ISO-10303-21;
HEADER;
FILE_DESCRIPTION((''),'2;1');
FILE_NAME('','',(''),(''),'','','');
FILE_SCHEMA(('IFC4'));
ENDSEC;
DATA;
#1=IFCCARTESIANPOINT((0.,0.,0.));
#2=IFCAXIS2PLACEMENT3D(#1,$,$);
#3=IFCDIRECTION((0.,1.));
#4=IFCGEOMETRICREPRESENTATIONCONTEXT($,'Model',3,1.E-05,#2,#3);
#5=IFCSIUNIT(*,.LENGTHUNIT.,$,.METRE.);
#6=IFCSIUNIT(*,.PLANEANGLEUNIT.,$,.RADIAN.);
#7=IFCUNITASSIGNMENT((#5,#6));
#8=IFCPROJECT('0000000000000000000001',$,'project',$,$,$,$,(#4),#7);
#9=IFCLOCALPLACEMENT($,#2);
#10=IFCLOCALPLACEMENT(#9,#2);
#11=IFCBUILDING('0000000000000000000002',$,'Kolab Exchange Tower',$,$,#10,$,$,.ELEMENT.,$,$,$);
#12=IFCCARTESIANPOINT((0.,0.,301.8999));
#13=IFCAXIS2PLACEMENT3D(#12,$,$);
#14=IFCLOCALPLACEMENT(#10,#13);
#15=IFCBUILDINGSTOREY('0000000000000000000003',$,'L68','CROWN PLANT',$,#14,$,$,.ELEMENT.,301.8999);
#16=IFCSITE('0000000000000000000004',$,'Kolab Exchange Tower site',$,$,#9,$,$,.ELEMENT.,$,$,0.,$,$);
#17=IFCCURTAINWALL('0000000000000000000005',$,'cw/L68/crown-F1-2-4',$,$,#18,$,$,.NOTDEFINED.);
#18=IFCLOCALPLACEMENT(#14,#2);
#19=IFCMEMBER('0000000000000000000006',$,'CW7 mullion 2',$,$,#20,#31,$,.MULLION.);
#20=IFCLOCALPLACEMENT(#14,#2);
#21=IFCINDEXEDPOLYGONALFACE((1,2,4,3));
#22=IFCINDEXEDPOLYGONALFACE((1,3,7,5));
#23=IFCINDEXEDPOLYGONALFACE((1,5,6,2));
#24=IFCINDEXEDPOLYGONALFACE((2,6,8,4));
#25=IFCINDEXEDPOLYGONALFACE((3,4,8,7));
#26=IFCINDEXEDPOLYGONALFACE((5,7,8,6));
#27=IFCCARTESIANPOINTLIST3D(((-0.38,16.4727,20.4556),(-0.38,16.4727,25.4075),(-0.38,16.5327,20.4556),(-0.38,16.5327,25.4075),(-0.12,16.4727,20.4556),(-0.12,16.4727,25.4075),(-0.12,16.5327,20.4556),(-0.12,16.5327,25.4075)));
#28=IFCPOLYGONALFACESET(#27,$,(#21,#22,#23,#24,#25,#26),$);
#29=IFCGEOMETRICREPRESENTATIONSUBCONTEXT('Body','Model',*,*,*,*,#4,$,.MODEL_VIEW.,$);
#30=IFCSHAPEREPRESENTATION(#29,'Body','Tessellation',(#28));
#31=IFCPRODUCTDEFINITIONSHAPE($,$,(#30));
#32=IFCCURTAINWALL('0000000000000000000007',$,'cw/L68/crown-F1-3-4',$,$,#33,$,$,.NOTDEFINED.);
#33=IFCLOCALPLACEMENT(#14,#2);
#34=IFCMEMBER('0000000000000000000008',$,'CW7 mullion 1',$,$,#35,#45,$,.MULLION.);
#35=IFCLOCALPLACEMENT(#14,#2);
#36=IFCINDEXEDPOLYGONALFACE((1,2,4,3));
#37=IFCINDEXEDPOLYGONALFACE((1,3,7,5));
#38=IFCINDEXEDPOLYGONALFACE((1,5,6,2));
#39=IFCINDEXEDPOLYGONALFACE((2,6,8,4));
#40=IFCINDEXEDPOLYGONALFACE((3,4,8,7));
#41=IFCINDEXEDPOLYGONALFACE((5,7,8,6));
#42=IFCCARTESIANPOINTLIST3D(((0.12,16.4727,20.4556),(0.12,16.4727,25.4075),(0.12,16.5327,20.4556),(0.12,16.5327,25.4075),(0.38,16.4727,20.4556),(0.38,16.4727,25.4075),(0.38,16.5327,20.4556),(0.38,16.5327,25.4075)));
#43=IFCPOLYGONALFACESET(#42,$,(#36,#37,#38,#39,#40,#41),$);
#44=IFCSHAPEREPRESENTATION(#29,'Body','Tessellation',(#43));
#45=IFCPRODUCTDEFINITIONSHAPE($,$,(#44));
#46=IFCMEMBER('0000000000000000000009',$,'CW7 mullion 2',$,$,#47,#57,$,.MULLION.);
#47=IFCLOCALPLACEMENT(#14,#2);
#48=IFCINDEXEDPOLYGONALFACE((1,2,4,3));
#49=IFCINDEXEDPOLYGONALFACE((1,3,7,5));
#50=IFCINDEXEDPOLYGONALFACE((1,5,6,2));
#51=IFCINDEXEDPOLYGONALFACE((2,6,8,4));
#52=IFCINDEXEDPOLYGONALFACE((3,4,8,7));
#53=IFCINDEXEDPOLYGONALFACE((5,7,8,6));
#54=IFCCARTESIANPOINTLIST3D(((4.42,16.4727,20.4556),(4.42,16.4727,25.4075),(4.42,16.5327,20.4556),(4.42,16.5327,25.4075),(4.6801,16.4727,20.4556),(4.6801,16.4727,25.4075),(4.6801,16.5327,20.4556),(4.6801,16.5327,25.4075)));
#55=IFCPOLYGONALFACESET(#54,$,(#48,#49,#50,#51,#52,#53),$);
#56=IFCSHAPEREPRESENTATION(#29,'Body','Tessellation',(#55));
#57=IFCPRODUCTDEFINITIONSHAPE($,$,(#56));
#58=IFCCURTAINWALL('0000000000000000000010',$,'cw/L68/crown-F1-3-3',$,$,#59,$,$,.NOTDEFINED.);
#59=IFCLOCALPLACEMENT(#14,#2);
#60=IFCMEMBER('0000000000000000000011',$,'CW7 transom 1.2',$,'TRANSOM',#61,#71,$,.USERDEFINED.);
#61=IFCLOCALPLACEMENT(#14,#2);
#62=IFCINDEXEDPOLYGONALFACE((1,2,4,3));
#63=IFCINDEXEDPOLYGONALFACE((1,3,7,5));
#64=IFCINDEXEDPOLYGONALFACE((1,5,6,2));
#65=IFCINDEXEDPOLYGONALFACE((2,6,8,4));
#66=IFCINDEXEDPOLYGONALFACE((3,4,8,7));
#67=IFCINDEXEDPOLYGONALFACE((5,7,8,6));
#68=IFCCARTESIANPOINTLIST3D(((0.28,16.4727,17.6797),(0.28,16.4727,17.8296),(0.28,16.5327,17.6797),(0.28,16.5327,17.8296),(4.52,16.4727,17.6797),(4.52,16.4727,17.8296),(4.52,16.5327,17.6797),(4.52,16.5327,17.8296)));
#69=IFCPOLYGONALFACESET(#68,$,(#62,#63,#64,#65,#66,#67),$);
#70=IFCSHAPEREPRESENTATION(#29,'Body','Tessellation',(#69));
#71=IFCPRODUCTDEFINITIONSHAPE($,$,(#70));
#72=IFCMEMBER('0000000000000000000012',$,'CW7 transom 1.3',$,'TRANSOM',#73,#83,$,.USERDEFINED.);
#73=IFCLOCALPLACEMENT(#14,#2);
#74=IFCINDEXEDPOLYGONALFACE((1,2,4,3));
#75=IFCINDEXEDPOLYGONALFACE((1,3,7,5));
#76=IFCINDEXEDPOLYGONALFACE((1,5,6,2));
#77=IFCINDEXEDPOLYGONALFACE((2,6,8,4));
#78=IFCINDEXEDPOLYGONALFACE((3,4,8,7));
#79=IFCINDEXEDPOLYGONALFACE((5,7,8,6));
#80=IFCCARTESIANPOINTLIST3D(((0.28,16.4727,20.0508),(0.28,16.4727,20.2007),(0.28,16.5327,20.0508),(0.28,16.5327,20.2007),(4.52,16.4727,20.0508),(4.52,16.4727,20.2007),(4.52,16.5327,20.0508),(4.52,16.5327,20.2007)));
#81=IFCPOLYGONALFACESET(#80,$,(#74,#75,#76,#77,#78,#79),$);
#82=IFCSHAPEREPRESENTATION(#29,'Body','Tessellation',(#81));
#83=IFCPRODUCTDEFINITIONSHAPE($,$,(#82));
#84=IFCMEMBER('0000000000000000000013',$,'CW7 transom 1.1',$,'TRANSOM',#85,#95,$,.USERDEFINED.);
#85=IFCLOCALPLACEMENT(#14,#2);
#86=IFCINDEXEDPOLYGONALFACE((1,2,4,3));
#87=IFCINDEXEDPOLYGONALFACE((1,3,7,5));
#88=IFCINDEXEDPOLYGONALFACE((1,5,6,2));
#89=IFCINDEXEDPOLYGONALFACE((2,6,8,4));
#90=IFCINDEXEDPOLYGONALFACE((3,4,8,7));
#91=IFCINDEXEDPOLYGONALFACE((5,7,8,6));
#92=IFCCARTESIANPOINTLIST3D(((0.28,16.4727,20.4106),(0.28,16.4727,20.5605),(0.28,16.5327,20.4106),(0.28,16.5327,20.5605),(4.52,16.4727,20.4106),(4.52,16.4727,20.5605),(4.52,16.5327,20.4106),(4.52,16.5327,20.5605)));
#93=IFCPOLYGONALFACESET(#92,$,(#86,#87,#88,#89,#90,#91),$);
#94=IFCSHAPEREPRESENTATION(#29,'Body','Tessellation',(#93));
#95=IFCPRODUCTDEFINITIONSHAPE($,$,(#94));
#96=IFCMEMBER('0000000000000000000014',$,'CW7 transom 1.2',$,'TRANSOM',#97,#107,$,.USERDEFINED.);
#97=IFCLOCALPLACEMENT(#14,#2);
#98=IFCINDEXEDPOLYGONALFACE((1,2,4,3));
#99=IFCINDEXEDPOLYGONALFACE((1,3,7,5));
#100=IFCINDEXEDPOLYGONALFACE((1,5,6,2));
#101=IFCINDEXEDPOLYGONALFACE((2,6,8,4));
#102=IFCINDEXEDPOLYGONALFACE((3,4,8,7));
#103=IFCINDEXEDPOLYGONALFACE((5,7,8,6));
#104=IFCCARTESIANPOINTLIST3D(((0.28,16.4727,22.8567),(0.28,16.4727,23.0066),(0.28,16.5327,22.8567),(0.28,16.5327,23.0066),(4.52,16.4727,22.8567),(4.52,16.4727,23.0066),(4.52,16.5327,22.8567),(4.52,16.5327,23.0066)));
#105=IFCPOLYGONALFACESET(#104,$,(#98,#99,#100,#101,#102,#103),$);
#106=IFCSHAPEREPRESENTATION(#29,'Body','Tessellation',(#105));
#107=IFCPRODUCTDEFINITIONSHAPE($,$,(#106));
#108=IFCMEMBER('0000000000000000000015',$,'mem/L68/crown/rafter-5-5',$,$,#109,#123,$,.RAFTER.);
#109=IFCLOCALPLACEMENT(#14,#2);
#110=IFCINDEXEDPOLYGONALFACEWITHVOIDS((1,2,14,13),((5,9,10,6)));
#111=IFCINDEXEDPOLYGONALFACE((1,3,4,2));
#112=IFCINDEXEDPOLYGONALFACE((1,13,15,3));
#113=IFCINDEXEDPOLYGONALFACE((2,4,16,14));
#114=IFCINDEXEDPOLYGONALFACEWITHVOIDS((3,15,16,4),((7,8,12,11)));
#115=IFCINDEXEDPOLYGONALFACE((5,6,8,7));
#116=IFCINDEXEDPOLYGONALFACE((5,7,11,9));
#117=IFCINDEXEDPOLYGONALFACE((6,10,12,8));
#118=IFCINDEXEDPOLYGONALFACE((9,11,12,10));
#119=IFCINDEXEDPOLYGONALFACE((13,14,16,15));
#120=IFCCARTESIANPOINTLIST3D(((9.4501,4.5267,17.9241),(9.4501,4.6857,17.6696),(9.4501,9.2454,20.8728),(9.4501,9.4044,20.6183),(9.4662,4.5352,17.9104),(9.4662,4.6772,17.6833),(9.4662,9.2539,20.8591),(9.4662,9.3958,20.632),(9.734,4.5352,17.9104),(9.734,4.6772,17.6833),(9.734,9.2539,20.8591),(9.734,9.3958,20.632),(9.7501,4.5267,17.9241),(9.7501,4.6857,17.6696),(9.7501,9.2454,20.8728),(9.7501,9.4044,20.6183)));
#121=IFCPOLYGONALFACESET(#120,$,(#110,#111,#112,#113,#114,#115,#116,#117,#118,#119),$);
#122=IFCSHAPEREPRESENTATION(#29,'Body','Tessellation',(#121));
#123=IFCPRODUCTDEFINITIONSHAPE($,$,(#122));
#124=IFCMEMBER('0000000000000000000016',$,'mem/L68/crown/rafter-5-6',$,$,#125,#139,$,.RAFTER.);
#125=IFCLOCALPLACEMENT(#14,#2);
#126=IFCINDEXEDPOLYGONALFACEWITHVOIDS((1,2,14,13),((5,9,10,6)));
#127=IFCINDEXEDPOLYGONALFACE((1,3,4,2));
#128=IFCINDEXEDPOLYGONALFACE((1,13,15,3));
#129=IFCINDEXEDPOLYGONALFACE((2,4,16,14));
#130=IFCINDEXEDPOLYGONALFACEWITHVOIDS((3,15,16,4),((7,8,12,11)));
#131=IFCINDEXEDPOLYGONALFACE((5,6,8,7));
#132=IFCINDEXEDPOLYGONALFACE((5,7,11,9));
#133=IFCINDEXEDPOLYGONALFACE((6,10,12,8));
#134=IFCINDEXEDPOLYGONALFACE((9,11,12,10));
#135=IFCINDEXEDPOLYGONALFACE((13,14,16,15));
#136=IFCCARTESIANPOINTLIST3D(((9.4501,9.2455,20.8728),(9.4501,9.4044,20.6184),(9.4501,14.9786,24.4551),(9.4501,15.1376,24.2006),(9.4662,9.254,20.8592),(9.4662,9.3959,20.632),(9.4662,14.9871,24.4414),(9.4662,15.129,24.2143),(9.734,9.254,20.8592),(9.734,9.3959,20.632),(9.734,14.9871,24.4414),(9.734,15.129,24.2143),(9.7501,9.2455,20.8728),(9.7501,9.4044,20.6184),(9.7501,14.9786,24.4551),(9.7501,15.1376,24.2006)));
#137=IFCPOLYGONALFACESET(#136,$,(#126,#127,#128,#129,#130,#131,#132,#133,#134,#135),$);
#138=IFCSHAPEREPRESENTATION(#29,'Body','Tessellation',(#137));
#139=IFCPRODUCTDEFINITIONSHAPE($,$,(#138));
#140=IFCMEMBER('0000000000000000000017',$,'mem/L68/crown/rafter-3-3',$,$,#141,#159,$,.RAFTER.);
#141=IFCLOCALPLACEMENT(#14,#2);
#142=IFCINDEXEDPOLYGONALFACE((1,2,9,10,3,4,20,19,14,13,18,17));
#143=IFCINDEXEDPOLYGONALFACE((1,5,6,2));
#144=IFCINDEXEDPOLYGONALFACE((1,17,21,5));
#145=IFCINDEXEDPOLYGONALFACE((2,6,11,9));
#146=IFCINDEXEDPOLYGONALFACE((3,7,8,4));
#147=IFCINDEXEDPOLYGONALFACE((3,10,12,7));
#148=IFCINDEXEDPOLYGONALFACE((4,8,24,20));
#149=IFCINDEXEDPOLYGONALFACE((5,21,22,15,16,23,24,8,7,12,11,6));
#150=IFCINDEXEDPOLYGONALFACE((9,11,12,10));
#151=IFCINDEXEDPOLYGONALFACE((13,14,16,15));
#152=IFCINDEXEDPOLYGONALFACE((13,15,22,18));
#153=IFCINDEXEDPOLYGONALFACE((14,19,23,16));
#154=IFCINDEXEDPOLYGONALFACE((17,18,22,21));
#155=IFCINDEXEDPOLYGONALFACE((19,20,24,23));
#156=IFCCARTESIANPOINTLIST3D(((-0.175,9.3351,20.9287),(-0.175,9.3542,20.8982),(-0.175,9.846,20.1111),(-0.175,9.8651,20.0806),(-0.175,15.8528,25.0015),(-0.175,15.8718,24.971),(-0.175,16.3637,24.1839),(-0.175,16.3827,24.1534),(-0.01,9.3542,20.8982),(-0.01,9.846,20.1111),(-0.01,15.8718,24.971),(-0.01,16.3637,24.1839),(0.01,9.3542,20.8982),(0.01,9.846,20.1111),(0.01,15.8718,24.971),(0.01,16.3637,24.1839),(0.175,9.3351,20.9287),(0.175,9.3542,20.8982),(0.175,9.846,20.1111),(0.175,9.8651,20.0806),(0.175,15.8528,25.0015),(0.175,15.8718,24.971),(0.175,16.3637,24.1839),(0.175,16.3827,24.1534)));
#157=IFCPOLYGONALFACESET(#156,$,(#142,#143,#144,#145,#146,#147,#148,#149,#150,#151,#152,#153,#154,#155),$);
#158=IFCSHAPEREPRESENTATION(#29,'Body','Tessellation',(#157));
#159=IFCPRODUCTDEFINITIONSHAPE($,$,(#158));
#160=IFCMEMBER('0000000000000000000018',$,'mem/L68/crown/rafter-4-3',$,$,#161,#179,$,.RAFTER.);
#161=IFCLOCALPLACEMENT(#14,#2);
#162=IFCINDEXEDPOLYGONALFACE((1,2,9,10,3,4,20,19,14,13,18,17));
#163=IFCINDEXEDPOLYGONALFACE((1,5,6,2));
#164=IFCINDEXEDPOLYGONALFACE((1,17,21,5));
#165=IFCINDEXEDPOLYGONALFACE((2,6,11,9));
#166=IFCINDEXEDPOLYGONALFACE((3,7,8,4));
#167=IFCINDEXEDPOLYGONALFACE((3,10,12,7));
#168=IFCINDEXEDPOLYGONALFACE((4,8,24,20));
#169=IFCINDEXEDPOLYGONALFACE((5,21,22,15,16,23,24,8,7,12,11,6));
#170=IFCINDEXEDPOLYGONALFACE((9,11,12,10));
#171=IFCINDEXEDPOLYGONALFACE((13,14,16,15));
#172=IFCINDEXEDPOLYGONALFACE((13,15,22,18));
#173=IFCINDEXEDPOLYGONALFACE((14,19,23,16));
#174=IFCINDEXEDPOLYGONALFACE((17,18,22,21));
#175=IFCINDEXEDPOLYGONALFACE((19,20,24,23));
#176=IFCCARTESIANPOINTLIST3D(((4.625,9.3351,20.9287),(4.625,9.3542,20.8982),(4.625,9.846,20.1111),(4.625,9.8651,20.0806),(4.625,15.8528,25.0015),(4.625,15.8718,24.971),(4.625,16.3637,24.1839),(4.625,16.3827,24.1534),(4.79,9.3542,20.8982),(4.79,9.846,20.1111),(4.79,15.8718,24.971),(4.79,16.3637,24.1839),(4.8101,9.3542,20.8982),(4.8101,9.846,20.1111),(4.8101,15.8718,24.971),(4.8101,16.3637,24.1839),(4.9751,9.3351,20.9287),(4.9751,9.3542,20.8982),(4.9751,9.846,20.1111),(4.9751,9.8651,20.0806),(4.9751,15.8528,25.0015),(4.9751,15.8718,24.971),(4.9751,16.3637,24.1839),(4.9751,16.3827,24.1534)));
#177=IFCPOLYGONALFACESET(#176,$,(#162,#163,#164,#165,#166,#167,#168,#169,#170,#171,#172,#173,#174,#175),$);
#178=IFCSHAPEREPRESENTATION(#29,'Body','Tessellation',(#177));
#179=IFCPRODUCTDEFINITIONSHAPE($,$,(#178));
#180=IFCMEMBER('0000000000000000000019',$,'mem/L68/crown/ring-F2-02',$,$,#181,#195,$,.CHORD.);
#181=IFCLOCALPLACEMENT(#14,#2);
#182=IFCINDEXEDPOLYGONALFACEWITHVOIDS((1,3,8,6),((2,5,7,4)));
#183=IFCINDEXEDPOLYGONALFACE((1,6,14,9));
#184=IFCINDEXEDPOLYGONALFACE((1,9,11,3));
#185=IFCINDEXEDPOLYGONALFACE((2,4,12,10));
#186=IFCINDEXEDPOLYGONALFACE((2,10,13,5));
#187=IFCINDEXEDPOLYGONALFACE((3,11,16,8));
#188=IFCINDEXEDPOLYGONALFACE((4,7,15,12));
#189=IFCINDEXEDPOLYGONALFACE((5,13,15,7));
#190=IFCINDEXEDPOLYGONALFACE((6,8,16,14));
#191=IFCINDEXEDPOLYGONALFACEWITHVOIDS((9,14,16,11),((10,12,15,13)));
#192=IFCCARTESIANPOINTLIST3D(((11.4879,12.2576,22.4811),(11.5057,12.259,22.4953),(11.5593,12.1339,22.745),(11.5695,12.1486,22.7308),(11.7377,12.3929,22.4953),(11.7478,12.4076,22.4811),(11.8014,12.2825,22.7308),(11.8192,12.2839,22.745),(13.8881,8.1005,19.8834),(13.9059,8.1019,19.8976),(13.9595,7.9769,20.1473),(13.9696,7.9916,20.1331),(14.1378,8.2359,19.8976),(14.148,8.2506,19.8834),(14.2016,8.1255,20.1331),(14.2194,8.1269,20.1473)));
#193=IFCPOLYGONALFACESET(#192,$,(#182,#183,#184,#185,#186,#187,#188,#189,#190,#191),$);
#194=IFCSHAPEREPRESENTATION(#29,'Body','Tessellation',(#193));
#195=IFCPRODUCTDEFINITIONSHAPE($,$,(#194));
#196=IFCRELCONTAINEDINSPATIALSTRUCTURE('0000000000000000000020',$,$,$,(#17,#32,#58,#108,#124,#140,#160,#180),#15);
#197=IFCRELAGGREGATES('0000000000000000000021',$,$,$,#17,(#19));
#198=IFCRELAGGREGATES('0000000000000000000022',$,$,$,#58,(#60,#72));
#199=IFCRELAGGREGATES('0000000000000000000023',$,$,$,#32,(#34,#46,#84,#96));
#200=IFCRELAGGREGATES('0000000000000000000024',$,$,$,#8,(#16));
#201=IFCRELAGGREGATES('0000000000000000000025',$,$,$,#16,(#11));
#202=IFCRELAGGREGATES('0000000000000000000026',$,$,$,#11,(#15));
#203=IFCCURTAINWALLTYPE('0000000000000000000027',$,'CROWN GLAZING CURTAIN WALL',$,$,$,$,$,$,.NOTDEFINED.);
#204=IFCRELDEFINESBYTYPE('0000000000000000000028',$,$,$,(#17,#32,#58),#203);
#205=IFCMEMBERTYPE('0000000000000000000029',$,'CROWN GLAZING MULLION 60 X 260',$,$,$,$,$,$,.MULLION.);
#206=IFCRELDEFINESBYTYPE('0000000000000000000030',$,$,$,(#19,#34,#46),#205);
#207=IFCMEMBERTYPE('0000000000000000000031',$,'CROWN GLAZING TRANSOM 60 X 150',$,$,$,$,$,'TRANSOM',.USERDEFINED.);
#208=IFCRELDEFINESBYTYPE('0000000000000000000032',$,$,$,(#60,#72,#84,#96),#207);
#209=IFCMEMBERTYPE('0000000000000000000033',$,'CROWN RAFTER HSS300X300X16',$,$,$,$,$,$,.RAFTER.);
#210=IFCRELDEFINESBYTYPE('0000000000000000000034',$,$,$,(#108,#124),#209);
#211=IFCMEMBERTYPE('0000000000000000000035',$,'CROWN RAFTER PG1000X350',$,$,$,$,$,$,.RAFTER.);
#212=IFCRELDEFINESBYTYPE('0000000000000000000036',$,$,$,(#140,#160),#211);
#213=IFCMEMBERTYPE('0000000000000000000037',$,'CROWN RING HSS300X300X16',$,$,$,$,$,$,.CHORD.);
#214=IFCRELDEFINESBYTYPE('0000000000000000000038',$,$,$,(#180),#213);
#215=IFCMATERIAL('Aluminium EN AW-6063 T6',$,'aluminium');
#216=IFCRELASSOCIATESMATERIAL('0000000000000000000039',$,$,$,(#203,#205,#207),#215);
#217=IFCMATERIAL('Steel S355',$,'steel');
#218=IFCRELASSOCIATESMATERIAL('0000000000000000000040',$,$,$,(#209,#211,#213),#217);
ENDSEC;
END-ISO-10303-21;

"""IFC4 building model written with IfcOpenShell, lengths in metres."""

from ifc_helpers import new_model, si_unit, direction, frame, origin, origin_2d, place, context, subcontext, project, spatial, rectangle, hollow_rectangle, i_section, extrude, material, material_profile, profile_set, type_object, element, aggregate, save


model = new_model("IFC4")

# Units and contexts
model_context = context("Model", 3, precision=1e-05, world=origin(), true_north=direction((0.0, 1.0)))
body_context = subcontext(model_context, "Body", "Model", "MODEL_VIEW")
ifc_project = project(units=[si_unit("LENGTHUNIT", "METRE"), si_unit("PLANEANGLEUNIT", "RADIAN")], contexts=[model_context])

# Site, building, storey
site_placement = place(None, origin())
site = spatial("IfcSite", under=ifc_project, at=site_placement, Name="Kolab Exchange Tower site", CompositionType="ELEMENT", RefElevation=0.0)
building_placement = place(site_placement, origin())
building = spatial("IfcBuilding", under=site, at=building_placement, Name="Kolab Exchange Tower", CompositionType="ELEMENT")
storey_placement = place(building_placement, frame((0.0, 0.0, 301.8999)))
storey = spatial("IfcBuildingStorey", under=building, at=storey_placement, Name="L68", Description="CROWN PLANT", CompositionType="ELEMENT", Elevation=301.8999)

# Curtain wall, member
ifc_material_1 = material(Name="Aluminium EN AW-6063 T6", Category="aluminium")
curtain_wall_type = type_object("IfcCurtainWallType", Name="CROWN GLAZING CURTAIN WALL", PredefinedType="NOTDEFINED", material=ifc_material_1)
curtain_wall_1_placement = place(storey_placement, origin())
curtain_wall_1 = element("IfcCurtainWall", 1, at=curtain_wall_1_placement, inside=storey, type_object=curtain_wall_type, Name="cw/L68/crown-F1-2-4", PredefinedType="NOTDEFINED")
ifc_material_profile_1 = material_profile(ifc_material_1, rectangle(XDim=0.0601, YDim=0.26, at=origin_2d()), Name="RECT 60X260")
ifc_profile_set_1 = profile_set([ifc_material_profile_1], Name="Aluminium EN AW-6063 T6")
member_type_1 = type_object("IfcMemberType", Name="CROWN GLAZING MULLION 60 X 260", PredefinedType="MULLION", material=ifc_profile_set_1)
member_1_placement = place(storey_placement, frame((-0.25, 16.5027, 20.4556), z_axis=(0.0, 0.0, 1.0), x_axis=(0.0, 1.0, 0.0)))
member_1 = element("IfcMember", 2, at=member_1_placement, type_object=member_type_1, Name="CW7 mullion 2", PredefinedType="MULLION", context=body_context, shape_type="SweptSolid", body=[
    extrude(rectangle(XDim=0.0601, YDim=0.26, at=origin_2d()), origin(), (0.0, 0.0, 1.0), 4.9519),
])

# Curtain walls, members
curtain_wall_2_placement = place(storey_placement, origin())
curtain_wall_2 = element("IfcCurtainWall", 3, at=curtain_wall_2_placement, inside=storey, type_object=curtain_wall_type, Name="cw/L68/crown-F1-3-4", PredefinedType="NOTDEFINED")
member_2_placement = place(storey_placement, frame((0.25, 16.5027, 20.4556), z_axis=(0.0, 0.0, 1.0), x_axis=(0.0, 1.0, 0.0)))
member_2 = element("IfcMember", 4, at=member_2_placement, type_object=member_type_1, Name="CW7 mullion 1", PredefinedType="MULLION", context=body_context, shape_type="SweptSolid", body=[
    extrude(rectangle(XDim=0.0601, YDim=0.26, at=origin_2d()), origin(), (0.0, 0.0, 1.0), 4.9519),
])
member_3_placement = place(storey_placement, frame((4.55, 16.5027, 20.4556), z_axis=(0.0, 0.0, 1.0), x_axis=(0.0, 1.0, 0.0)))
member_3 = element("IfcMember", 5, at=member_3_placement, type_object=member_type_1, Name="CW7 mullion 2", PredefinedType="MULLION", context=body_context, shape_type="SweptSolid", body=[
    extrude(rectangle(XDim=0.0601, YDim=0.26, at=origin_2d()), origin(), (0.0, 0.0, 1.0), 4.9519),
])
curtain_wall_3_placement = place(storey_placement, origin())
curtain_wall_3 = element("IfcCurtainWall", 6, at=curtain_wall_3_placement, inside=storey, type_object=curtain_wall_type, Name="cw/L68/crown-F1-3-3", PredefinedType="NOTDEFINED")
ifc_material_profile_2 = material_profile(ifc_material_1, rectangle(XDim=0.0601, YDim=0.1499, at=origin_2d()), Name="RECT 60X150")
ifc_profile_set_2 = profile_set([ifc_material_profile_2], Name="Aluminium EN AW-6063 T6")
member_type_2 = type_object("IfcMemberType", Name="CROWN GLAZING TRANSOM 60 X 150", ElementType="TRANSOM", PredefinedType="USERDEFINED", material=ifc_profile_set_2)
member_4_placement = place(storey_placement, frame((0.28, 16.5027, 17.7546), z_axis=(1.0, 0.0, 0.0), x_axis=(0.0, 1.0, 0.0)))
member_4 = element("IfcMember", 7, at=member_4_placement, type_object=member_type_2, Name="CW7 transom 1.2", ObjectType="TRANSOM", PredefinedType="USERDEFINED", context=body_context, shape_type="SweptSolid", body=[
    extrude(rectangle(XDim=0.0601, YDim=0.1499, at=origin_2d()), origin(), (0.0, 0.0, 1.0), 4.24),
])
member_5_placement = place(storey_placement, frame((0.28, 16.5027, 20.1257), z_axis=(1.0, 0.0, 0.0), x_axis=(0.0, 1.0, 0.0)))
member_5 = element("IfcMember", 8, at=member_5_placement, type_object=member_type_2, Name="CW7 transom 1.3", ObjectType="TRANSOM", PredefinedType="USERDEFINED", context=body_context, shape_type="SweptSolid", body=[
    extrude(rectangle(XDim=0.0601, YDim=0.1499, at=origin_2d()), origin(), (0.0, 0.0, 1.0), 4.24),
])

# Members
member_6_placement = place(storey_placement, frame((0.28, 16.5027, 20.4856), z_axis=(1.0, 0.0, 0.0), x_axis=(0.0, 1.0, 0.0)))
member_6 = element("IfcMember", 9, at=member_6_placement, type_object=member_type_2, Name="CW7 transom 1.1", ObjectType="TRANSOM", PredefinedType="USERDEFINED", context=body_context, shape_type="SweptSolid", body=[
    extrude(rectangle(XDim=0.0601, YDim=0.1499, at=origin_2d()), origin(), (0.0, 0.0, 1.0), 4.24),
])
member_7_placement = place(storey_placement, frame((0.28, 16.5027, 22.9316), z_axis=(1.0, 0.0, 0.0), x_axis=(0.0, 1.0, 0.0)))
member_7 = element("IfcMember", 10, at=member_7_placement, type_object=member_type_2, Name="CW7 transom 1.2", ObjectType="TRANSOM", PredefinedType="USERDEFINED", context=body_context, shape_type="SweptSolid", body=[
    extrude(rectangle(XDim=0.0601, YDim=0.1499, at=origin_2d()), origin(), (0.0, 0.0, 1.0), 4.24),
])

# Members
ifc_material_2 = material(Name="Steel S355", Category="steel")
ifc_material_profile_3 = material_profile(ifc_material_2, hollow_rectangle(XDim=0.3, YDim=0.3, WallThickness=0.0161, at=origin_2d()), Name="HSS300X300X16")
ifc_profile_set_3 = profile_set([ifc_material_profile_3], Name="Steel S355")
member_type_3 = type_object("IfcMemberType", Name="CROWN RAFTER HSS300X300X16", PredefinedType="RAFTER", material=ifc_profile_set_3)
member_8_placement = place(storey_placement, frame((9.6001, 4.6062, 17.7969), z_axis=(0.0, 0.848038, 0.529936), x_axis=(-1.0, 0.0, 0.0)))
element("IfcMember", 11, at=member_8_placement, inside=storey, type_object=member_type_3, Name="mem/L68/crown/rafter-5-5", PredefinedType="RAFTER", context=body_context, shape_type="SweptSolid", body=[
    extrude(hollow_rectangle(XDim=0.3, YDim=0.3, WallThickness=0.0161, at=origin_2d()), origin(), (0.0, 0.0, 1.0), 5.5642),
])
member_9_placement = place(storey_placement, frame((9.6001, 9.325, 20.7456), z_axis=(0.0, 0.848061, 0.529898), x_axis=(-1.0, 0.0, 0.0)))
element("IfcMember", 12, at=member_9_placement, inside=storey, type_object=member_type_3, Name="mem/L68/crown/rafter-5-6", PredefinedType="RAFTER", context=body_context, shape_type="SweptSolid", body=[
    extrude(hollow_rectangle(XDim=0.3, YDim=0.3, WallThickness=0.0161, at=origin_2d()), origin(), (0.0, 0.0, 1.0), 6.7603),
])
ifc_material_profile_4 = material_profile(ifc_material_2, i_section(OverallWidth=0.3501, OverallDepth=1.0, WebThickness=0.02, FlangeThickness=0.0359, at=origin_2d()), Name="PG1000X350")
ifc_profile_set_4 = profile_set([ifc_material_profile_4], Name="Steel S355")
member_type_4 = type_object("IfcMemberType", Name="CROWN RAFTER PG1000X350", PredefinedType="RAFTER", material=ifc_profile_set_4)
for number, where, z_axis, x_axis, name in (
    (13, (0.0, 9.6001, 20.5046), (0.0, 0.848041, 0.52993), (-1.0, 0.0, 0.0), "mem/L68/crown/rafter-3-3"),
    (14, (4.8, 9.6001, 20.5046), (0.0, 0.848041, 0.52993), (-1.0, 0.0, 0.0), "mem/L68/crown/rafter-4-3"),
):
    element("IfcMember", number, at=place(storey_placement, frame(where, z_axis=z_axis, x_axis=x_axis)), inside=storey, type_object=member_type_4, Name=name, PredefinedType="RAFTER", context=body_context, shape_type="SweptSolid", body=[
        extrude(i_section(OverallWidth=0.3501, OverallDepth=1.0, WebThickness=0.02, FlangeThickness=0.0359, at=origin_2d()), origin(), (0.0, 0.0, 1.0), 7.6855),
    ])
ifc_material_profile_5 = material_profile(ifc_material_2, hollow_rectangle(XDim=0.3, YDim=0.3, WallThickness=0.0161, at=origin_2d()), Name="HSS300X300X16")
ifc_profile_set_5 = profile_set([ifc_material_profile_5], Name="Steel S355")
member_type_5 = type_object("IfcMemberType", Name="CROWN RING HSS300X300X16", PredefinedType="CHORD", material=ifc_profile_set_5)
member_10_placement = place(storey_placement, frame((11.6536, 12.2708, 22.613), z_axis=(0.439754, -0.761641, -0.475941), x_axis=(0.866015, 0.500017, 0.0)))
element("IfcMember", 15, at=member_10_placement, inside=storey, type_object=member_type_5, Name="mem/L68/crown/ring-F2-02", PredefinedType="CHORD", context=body_context, shape_type="SweptSolid", body=[
    extrude(hollow_rectangle(XDim=0.3, YDim=0.3, WallThickness=0.0161, at=origin_2d()), origin(), (0.0, 0.0, 1.0), 5.458),
])

aggregate(curtain_wall_1, [member_1])
aggregate(curtain_wall_3, [member_4, member_5])
aggregate(curtain_wall_2, [member_2, member_3, member_6, member_7])

save(model, "model.ifc")
